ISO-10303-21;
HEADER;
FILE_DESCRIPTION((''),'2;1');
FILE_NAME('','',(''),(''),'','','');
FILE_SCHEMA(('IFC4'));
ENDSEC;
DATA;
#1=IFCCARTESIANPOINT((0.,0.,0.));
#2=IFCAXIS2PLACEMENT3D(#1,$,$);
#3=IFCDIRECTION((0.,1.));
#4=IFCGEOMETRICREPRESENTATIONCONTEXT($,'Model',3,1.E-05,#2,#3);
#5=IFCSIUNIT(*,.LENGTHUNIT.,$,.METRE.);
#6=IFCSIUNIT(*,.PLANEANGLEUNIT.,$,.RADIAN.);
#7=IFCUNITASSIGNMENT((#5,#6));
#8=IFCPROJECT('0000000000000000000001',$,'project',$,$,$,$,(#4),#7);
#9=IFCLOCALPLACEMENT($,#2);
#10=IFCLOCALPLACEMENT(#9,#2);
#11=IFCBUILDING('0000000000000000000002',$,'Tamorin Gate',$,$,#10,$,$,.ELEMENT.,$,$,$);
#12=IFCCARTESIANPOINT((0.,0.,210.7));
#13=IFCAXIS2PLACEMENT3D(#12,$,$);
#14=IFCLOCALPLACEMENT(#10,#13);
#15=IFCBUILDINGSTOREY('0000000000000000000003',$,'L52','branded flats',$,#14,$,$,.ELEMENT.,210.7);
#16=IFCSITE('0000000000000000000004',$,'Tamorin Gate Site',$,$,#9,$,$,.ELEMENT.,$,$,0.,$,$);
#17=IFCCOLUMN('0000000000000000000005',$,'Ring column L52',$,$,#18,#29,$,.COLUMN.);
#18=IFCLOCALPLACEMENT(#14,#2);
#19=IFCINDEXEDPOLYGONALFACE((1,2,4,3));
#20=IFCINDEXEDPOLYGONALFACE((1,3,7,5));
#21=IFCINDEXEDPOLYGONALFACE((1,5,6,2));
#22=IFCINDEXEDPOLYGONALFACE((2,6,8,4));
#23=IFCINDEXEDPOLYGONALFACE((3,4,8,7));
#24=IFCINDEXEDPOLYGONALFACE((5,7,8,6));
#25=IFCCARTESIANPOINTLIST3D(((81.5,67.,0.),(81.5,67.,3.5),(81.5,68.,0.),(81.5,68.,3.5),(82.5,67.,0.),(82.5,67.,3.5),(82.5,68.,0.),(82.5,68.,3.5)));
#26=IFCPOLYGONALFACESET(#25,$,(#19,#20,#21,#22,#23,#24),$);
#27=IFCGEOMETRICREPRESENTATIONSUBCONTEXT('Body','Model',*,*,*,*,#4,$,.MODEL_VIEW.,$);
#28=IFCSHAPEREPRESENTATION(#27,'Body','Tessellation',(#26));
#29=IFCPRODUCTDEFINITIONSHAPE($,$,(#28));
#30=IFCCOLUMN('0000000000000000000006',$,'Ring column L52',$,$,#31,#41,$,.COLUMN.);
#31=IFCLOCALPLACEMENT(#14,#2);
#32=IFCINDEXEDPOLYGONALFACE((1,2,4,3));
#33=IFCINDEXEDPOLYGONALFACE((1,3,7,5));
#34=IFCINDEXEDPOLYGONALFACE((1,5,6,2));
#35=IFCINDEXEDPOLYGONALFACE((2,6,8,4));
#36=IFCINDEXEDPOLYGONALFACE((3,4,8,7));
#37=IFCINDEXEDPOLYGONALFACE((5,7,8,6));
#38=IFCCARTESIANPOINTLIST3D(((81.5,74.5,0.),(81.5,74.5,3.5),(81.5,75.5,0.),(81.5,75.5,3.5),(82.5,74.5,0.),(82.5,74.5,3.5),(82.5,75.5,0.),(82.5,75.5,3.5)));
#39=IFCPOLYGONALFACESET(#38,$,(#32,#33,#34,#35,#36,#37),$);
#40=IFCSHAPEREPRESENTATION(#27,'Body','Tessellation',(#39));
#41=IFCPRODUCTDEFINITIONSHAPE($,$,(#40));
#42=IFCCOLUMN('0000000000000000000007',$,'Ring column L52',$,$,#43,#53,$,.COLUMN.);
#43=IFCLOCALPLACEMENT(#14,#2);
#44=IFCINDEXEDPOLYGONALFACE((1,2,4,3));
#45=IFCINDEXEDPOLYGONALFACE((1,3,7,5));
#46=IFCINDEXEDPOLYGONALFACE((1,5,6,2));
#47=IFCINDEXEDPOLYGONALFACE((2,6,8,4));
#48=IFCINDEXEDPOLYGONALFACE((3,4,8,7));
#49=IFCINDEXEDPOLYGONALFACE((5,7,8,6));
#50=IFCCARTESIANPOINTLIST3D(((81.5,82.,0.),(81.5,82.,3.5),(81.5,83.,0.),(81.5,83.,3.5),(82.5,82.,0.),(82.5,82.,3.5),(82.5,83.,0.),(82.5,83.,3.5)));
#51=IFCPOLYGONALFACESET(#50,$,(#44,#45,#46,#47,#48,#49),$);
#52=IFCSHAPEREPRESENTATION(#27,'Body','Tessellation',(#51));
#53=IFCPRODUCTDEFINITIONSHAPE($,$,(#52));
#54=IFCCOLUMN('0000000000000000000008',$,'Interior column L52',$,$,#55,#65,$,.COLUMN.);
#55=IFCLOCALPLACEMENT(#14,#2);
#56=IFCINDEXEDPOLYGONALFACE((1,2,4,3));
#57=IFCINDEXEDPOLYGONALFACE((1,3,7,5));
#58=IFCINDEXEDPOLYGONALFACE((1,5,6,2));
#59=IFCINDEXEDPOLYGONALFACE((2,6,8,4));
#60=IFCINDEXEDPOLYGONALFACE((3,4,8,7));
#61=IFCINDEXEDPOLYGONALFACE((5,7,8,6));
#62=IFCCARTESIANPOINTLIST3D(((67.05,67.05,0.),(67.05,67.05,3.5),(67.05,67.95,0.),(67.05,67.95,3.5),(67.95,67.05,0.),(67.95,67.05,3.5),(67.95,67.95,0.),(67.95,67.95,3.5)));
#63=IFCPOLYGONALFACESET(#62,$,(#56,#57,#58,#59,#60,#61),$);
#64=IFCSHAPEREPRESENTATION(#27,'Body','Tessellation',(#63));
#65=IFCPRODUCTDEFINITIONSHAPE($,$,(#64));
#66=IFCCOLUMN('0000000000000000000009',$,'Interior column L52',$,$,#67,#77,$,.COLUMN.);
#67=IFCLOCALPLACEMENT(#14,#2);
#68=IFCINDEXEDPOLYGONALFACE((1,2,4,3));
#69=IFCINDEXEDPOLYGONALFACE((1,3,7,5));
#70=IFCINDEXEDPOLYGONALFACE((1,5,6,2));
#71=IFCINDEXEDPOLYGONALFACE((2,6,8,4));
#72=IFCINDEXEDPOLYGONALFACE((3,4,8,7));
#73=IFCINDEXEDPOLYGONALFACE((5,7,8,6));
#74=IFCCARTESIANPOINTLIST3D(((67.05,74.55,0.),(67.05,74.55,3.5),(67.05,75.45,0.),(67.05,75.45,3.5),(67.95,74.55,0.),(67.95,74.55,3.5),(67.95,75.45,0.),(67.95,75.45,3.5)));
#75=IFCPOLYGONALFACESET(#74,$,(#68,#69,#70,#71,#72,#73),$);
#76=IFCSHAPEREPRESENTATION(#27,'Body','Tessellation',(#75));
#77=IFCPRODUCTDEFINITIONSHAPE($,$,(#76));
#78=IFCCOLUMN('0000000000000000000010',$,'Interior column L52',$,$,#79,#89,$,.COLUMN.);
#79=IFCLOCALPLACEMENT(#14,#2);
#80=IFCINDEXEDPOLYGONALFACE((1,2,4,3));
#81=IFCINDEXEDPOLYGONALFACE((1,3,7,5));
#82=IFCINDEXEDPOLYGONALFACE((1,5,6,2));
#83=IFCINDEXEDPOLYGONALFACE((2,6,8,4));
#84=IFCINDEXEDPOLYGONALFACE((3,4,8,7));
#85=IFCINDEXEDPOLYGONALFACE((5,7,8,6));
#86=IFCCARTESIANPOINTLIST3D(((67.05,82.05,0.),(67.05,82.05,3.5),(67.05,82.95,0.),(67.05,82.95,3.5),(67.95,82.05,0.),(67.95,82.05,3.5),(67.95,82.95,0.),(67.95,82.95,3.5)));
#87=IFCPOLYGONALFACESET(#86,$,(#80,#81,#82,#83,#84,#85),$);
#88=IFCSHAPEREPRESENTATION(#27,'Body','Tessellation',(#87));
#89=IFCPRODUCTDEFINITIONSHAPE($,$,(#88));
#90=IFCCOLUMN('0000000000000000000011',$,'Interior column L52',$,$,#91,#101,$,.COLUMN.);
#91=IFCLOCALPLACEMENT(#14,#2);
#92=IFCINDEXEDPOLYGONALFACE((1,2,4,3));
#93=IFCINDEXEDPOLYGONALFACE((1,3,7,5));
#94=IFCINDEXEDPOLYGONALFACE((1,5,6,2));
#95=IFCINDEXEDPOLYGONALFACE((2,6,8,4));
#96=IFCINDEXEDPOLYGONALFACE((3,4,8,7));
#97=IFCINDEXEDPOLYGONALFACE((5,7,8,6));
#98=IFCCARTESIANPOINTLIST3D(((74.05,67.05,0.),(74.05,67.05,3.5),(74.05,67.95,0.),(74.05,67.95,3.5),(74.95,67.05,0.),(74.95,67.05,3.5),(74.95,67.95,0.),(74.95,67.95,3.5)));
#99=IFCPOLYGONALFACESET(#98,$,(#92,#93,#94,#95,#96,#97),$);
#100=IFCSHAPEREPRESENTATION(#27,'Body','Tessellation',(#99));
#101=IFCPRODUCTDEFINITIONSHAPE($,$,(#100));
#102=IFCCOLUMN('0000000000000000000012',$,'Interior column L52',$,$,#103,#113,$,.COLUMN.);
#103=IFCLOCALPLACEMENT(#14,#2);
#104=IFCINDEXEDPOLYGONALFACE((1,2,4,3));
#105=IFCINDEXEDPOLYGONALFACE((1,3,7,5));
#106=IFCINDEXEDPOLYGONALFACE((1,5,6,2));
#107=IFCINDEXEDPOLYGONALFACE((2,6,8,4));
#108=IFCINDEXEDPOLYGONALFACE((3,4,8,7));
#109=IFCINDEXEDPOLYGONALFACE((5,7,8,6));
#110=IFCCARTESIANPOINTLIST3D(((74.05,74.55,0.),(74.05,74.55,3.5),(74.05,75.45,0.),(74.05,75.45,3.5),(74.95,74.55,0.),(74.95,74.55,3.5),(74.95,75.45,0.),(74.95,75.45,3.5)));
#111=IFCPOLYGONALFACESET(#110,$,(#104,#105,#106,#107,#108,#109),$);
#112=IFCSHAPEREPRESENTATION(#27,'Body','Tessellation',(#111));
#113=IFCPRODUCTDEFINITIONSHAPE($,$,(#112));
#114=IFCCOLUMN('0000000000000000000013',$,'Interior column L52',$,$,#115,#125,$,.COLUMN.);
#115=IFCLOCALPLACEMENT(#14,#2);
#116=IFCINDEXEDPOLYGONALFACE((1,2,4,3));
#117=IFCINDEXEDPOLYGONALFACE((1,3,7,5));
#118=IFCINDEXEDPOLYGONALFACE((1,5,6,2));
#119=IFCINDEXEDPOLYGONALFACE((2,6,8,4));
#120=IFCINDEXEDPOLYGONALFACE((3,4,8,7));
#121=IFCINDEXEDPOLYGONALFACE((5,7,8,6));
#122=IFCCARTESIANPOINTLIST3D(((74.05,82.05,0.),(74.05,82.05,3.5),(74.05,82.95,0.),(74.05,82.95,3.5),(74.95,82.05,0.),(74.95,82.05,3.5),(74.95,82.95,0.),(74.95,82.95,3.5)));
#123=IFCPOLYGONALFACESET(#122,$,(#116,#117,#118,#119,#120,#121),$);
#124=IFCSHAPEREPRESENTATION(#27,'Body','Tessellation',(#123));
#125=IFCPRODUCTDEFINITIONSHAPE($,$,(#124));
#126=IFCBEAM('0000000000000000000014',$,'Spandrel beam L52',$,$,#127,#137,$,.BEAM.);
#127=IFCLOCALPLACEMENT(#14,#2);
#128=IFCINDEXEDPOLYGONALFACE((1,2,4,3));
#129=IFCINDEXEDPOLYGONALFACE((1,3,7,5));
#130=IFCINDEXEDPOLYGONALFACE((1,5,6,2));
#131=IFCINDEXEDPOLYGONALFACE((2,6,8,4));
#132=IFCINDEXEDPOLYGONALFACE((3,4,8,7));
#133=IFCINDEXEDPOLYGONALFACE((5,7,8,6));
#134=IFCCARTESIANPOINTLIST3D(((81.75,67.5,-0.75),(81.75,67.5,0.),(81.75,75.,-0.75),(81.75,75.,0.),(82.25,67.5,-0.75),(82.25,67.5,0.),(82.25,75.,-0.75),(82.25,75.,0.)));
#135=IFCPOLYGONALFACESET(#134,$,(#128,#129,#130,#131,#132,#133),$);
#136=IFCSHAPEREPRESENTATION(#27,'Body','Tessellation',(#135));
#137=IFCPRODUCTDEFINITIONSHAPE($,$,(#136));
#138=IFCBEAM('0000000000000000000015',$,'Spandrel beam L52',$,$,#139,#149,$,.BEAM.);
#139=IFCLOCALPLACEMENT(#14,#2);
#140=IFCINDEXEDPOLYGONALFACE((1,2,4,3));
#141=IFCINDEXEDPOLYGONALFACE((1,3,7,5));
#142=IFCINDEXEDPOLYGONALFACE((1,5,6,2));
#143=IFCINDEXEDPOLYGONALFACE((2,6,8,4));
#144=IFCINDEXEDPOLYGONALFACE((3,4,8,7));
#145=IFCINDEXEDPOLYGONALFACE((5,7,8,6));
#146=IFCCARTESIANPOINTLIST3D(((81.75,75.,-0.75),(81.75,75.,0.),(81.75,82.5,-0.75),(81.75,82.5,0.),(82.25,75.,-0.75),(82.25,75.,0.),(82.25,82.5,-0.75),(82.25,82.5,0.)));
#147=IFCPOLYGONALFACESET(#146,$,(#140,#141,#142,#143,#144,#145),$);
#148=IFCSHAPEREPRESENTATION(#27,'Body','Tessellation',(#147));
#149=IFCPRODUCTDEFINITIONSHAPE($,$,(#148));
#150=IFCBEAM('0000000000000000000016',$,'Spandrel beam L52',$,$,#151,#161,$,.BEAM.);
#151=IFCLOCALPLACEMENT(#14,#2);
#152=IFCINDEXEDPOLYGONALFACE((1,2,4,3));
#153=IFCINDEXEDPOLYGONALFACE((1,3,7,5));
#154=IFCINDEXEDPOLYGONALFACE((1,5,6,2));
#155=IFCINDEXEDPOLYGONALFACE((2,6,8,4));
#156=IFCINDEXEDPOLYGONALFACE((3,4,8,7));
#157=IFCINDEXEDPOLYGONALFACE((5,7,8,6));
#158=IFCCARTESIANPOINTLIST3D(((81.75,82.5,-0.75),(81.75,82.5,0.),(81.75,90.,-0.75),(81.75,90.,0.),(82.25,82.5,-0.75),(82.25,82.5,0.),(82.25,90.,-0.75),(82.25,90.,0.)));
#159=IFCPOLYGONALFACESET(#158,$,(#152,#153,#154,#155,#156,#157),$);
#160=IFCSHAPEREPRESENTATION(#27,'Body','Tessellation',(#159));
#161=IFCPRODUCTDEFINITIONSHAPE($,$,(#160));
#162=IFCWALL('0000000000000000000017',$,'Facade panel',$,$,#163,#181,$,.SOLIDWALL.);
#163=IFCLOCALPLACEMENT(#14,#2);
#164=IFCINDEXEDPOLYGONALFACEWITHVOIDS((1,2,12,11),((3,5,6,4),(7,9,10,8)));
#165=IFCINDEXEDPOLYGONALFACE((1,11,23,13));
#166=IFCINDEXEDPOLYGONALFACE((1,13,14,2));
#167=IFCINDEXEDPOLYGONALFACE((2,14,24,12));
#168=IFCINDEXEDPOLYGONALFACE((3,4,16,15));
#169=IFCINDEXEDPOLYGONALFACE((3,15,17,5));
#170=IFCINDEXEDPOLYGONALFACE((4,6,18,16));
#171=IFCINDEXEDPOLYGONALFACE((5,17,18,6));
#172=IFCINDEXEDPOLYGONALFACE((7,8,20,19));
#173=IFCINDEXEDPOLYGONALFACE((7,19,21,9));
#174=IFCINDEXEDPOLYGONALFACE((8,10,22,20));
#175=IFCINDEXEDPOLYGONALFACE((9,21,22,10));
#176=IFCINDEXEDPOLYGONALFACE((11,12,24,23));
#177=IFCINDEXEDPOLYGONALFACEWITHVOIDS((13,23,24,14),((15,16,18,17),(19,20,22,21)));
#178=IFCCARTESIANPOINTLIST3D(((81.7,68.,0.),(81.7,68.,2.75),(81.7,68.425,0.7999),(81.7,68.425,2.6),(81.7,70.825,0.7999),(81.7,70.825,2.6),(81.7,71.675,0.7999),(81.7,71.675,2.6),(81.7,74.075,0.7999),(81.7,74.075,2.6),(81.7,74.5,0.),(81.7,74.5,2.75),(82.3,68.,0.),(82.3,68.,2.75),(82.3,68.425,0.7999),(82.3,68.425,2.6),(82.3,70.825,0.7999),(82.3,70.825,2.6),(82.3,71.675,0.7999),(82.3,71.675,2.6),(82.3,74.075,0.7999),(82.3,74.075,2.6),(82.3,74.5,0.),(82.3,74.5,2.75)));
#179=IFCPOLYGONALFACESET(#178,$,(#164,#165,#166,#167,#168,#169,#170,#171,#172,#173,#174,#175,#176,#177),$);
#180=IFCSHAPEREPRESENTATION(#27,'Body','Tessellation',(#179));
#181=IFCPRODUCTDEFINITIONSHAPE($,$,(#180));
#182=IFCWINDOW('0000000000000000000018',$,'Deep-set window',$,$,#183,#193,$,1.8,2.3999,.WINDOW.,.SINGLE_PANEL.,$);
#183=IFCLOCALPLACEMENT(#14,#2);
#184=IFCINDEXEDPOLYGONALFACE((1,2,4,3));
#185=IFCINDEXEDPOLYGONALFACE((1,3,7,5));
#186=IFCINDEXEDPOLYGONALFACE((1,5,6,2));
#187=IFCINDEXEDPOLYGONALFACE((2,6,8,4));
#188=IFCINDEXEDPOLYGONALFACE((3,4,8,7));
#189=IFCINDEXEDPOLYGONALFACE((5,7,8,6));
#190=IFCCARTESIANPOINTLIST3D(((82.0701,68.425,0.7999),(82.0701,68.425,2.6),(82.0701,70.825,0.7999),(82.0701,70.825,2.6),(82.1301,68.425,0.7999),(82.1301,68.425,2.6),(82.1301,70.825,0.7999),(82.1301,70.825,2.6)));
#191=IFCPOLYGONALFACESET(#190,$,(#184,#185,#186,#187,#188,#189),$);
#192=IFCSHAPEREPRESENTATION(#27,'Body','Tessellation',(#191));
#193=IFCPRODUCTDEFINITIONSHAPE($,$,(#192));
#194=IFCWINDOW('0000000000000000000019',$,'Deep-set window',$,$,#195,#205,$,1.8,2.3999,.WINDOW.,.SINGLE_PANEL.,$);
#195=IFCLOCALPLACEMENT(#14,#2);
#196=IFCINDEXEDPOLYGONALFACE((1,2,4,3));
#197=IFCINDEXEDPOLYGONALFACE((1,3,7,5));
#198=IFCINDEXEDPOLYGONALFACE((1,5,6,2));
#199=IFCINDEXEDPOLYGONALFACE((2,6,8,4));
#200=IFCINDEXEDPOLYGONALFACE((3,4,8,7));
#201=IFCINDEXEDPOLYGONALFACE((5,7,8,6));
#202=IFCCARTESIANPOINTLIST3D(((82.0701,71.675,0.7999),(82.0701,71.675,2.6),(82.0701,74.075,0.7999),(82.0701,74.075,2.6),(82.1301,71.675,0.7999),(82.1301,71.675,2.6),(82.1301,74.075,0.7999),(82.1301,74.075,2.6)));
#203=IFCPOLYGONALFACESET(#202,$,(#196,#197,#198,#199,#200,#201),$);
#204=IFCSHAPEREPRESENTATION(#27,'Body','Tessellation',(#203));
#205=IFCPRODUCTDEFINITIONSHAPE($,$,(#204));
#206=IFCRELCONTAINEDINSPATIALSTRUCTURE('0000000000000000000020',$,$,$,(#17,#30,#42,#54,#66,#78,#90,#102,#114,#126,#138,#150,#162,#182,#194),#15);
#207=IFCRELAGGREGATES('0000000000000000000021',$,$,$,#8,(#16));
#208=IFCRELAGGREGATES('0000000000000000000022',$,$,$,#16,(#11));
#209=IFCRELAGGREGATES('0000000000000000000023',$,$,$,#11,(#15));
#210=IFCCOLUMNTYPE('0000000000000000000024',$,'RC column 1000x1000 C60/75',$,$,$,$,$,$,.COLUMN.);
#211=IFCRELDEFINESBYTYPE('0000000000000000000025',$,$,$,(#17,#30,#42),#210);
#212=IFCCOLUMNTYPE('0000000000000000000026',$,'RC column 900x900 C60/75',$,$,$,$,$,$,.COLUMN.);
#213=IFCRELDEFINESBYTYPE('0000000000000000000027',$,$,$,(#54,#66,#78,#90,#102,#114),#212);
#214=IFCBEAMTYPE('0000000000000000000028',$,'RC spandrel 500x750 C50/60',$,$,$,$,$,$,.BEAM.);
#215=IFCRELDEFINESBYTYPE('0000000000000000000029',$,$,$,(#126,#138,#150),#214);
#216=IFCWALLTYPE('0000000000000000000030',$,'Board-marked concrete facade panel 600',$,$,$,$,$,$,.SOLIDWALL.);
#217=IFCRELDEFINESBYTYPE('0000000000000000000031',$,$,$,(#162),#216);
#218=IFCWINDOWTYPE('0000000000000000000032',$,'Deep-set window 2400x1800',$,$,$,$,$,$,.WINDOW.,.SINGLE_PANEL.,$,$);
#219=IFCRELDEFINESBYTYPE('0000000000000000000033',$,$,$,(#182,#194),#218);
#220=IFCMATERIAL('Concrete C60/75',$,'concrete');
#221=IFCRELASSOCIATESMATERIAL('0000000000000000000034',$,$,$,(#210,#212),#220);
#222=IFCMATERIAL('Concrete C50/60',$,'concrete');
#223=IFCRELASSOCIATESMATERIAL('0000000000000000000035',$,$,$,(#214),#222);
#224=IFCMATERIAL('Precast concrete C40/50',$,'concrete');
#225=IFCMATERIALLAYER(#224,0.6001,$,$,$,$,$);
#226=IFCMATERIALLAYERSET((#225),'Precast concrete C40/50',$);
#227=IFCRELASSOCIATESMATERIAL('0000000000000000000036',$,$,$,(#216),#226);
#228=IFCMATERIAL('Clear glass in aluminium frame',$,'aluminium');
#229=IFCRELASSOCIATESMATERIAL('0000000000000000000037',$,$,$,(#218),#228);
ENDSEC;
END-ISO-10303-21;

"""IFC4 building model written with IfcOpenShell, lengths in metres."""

from ifc_helpers import new_model, si_unit, direction, frame, frame_2d, origin, origin_2d, place, context, subcontext, project, spatial, rectangle, extrude, material, layer, layer_set, material_profile, profile_set, type_object, element, fill, save


model = new_model("IFC4")

# Units and contexts
model_context = context("Model", 3, precision=1e-05, world=origin(), true_north=direction((0.0, 1.0)))
body_context = subcontext(model_context, "Body", "Model", "MODEL_VIEW")
ifc_project = project(units=[si_unit("LENGTHUNIT", "METRE"), si_unit("PLANEANGLEUNIT", "RADIAN")], contexts=[model_context])

# Site, building, storey
site_placement = place(None, origin())
site = spatial("IfcSite", under=ifc_project, at=site_placement, Name="Tamorin Gate Site", CompositionType="ELEMENT", RefElevation=0.0)
building_placement = place(site_placement, origin())
building = spatial("IfcBuilding", under=site, at=building_placement, Name="Tamorin Gate", CompositionType="ELEMENT")
storey_placement = place(building_placement, frame((0.0, 0.0, 210.7)))
storey = spatial("IfcBuildingStorey", under=building, at=storey_placement, Name="L52", Description="branded flats", CompositionType="ELEMENT", Elevation=210.7)

# Columns
ifc_material_1 = material(Name="Concrete C60/75", Category="concrete")
ifc_material_profile_1 = material_profile(ifc_material_1, rectangle(XDim=1.0, YDim=1.0, at=origin_2d()), Name="RC 1000x1000")
ifc_profile_set_1 = profile_set([ifc_material_profile_1], Name="Concrete C60/75")
column_type_1 = type_object("IfcColumnType", Name="RC column 1000x1000 C60/75", PredefinedType="COLUMN", material=ifc_profile_set_1)
for number, where, z_axis, x_axis, name in (
    (1, (82.0, 67.5, 0.0), (0.0, 0.0, 1.0), (1.0, 0.0, 0.0), "Ring column L52"),
    (2, (82.0, 75.0, 0.0), (0.0, 0.0, 1.0), (1.0, 0.0, 0.0), "Ring column L52"),
    (3, (82.0, 82.5, 0.0), (0.0, 0.0, 1.0), (1.0, 0.0, 0.0), "Ring column L52"),
):
    element("IfcColumn", number, at=place(storey_placement, frame(where, z_axis=z_axis, x_axis=x_axis)), inside=storey, type_object=column_type_1, Name=name, PredefinedType="COLUMN", context=body_context, shape_type="SweptSolid", body=[
        extrude(rectangle(XDim=1.0, YDim=1.0, at=origin_2d()), origin(), (0.0, 0.0, 1.0), 3.5),
    ])
ifc_material_profile_2 = material_profile(ifc_material_1, rectangle(XDim=0.8999, YDim=0.8999, at=origin_2d()), Name="RC 900x900")
ifc_profile_set_2 = profile_set([ifc_material_profile_2], Name="Concrete C60/75")
column_type_2 = type_object("IfcColumnType", Name="RC column 900x900 C60/75", PredefinedType="COLUMN", material=ifc_profile_set_2)
for number, where, z_axis, x_axis, name in (
    (4, (67.5, 67.5, 0.0), (0.0, 0.0, 1.0), (1.0, 0.0, 0.0), "Interior column L52"),
    (5, (67.5, 75.0, 0.0), (0.0, 0.0, 1.0), (1.0, 0.0, 0.0), "Interior column L52"),
    (6, (67.5, 82.5, 0.0), (0.0, 0.0, 1.0), (1.0, 0.0, 0.0), "Interior column L52"),
    (7, (74.5, 67.5, 0.0), (0.0, 0.0, 1.0), (1.0, 0.0, 0.0), "Interior column L52"),
    (8, (74.5, 75.0, 0.0), (0.0, 0.0, 1.0), (1.0, 0.0, 0.0), "Interior column L52"),
    (9, (74.5, 82.5, 0.0), (0.0, 0.0, 1.0), (1.0, 0.0, 0.0), "Interior column L52"),
):
    element("IfcColumn", number, at=place(storey_placement, frame(where, z_axis=z_axis, x_axis=x_axis)), inside=storey, type_object=column_type_2, Name=name, PredefinedType="COLUMN", context=body_context, shape_type="SweptSolid", body=[
        extrude(rectangle(XDim=0.8999, YDim=0.8999, at=origin_2d()), origin(), (0.0, 0.0, 1.0), 3.5),
    ])

# Beams
ifc_material_2 = material(Name="Concrete C50/60", Category="concrete")
ifc_material_profile_3 = material_profile(ifc_material_2, rectangle(XDim=0.5, YDim=0.75, at=origin_2d()), Name="RC 500x750")
ifc_profile_set_3 = profile_set([ifc_material_profile_3], Name="Concrete C50/60")
beam_type = type_object("IfcBeamType", Name="RC spandrel 500x750 C50/60", PredefinedType="BEAM", material=ifc_profile_set_3)
for number, where, z_axis, x_axis, name in (
    (10, (82.0, 67.5, -0.375), (0.0, 1.0, 0.0), (-1.0, 0.0, 0.0), "Spandrel beam L52"),
    (11, (82.0, 75.0, -0.375), (0.0, 1.0, 0.0), (-1.0, 0.0, 0.0), "Spandrel beam L52"),
    (12, (82.0, 82.5, -0.375), (0.0, 1.0, 0.0), (-1.0, 0.0, 0.0), "Spandrel beam L52"),
):
    element("IfcBeam", number, at=place(storey_placement, frame(where, z_axis=z_axis, x_axis=x_axis)), inside=storey, type_object=beam_type, Name=name, PredefinedType="BEAM", context=body_context, shape_type="SweptSolid", body=[
        extrude(rectangle(XDim=0.5, YDim=0.75, at=origin_2d()), origin(), (0.0, 0.0, 1.0), 7.5),
    ])

# Wall, openings, windows
ifc_material_3 = material(Name="Precast concrete C40/50", Category="concrete")
ifc_layer_1 = layer(ifc_material_3, 0.6001)
ifc_layer_set_1 = layer_set([ifc_layer_1], Name="Precast concrete C40/50")
wall_type_1 = type_object("IfcWallType", Name="Board-marked concrete facade panel 600", PredefinedType="SOLIDWALL", material=ifc_layer_set_1)
wall_1_placement = place(storey_placement, frame((82.0, 68.0, 0.0), z_axis=(0.0, 0.0, 1.0), x_axis=(0.0, 1.0, 0.0)))
wall_1 = element("IfcWall", 13, at=wall_1_placement, inside=storey, type_object=wall_type_1, Name="Facade panel", PredefinedType="SOLIDWALL", context=body_context, shape_type="SweptSolid", body=[
    extrude(rectangle(XDim=6.5, YDim=0.6001, at=frame_2d((3.25, 0.0))), origin(), (0.0, 0.0, 1.0), 2.75),
])
opening_1_placement = place(wall_1_placement, frame((0.425, 0.0, 0.8)))
opening_1 = element("IfcOpeningElement", 14, at=opening_1_placement, cuts=wall_1, PredefinedType="OPENING", context=body_context, shape_type="SweptSolid", body=[
    extrude(rectangle(XDim=2.3999, YDim=1.8, at=frame_2d((1.2, 0.8999))), frame((0.0, 0.3101, 0.0), z_axis=(0.0, -1.0, 0.0), x_axis=(1.0, 0.0, 0.0)), (0.0, 0.0, 1.0), 0.6201),
])
opening_2_placement = place(wall_1_placement, frame((3.675, 0.0, 0.8)))
opening_2 = element("IfcOpeningElement", 15, at=opening_2_placement, cuts=wall_1, PredefinedType="OPENING", context=body_context, shape_type="SweptSolid", body=[
    extrude(rectangle(XDim=2.3999, YDim=1.8, at=frame_2d((1.2, 0.8999))), frame((0.0, 0.3101, 0.0), z_axis=(0.0, -1.0, 0.0), x_axis=(1.0, 0.0, 0.0)), (0.0, 0.0, 1.0), 0.6201),
])
ifc_material_4 = material(Name="Clear glass in aluminium frame", Category="aluminium")
window_type = type_object("IfcWindowType", Name="Deep-set window 2400x1800", PartitioningType="SINGLE_PANEL", PredefinedType="WINDOW", material=ifc_material_4)
window_1_placement = place(opening_1_placement, origin())
window_1 = element("IfcWindow", 16, at=window_1_placement, inside=storey, type_object=window_type, Name="Deep-set window", OverallHeight=1.8, OverallWidth=2.3999, PartitioningType="SINGLE_PANEL", PredefinedType="WINDOW", context=body_context, shape_type="SweptSolid", body=[
    extrude(rectangle(XDim=2.3999, YDim=1.8, at=frame_2d((1.2, 0.8999))), frame((0.0, -0.0701, 0.0), z_axis=(0.0, -1.0, 0.0), x_axis=(1.0, 0.0, 0.0)), (0.0, 0.0, 1.0), 0.0601),
])
fill(opening_1, window_1)
window_2_placement = place(opening_2_placement, origin())
window_2 = element("IfcWindow", 17, at=window_2_placement, inside=storey, type_object=window_type, Name="Deep-set window", OverallHeight=1.8, OverallWidth=2.3999, PartitioningType="SINGLE_PANEL", PredefinedType="WINDOW", context=body_context, shape_type="SweptSolid", body=[
    extrude(rectangle(XDim=2.3999, YDim=1.8, at=frame_2d((1.2, 0.8999))), frame((0.0, -0.0701, 0.0), z_axis=(0.0, -1.0, 0.0), x_axis=(1.0, 0.0, 0.0)), (0.0, 0.0, 1.0), 0.0601),
])
fill(opening_2, window_2)

save(model, "model.ifc")
